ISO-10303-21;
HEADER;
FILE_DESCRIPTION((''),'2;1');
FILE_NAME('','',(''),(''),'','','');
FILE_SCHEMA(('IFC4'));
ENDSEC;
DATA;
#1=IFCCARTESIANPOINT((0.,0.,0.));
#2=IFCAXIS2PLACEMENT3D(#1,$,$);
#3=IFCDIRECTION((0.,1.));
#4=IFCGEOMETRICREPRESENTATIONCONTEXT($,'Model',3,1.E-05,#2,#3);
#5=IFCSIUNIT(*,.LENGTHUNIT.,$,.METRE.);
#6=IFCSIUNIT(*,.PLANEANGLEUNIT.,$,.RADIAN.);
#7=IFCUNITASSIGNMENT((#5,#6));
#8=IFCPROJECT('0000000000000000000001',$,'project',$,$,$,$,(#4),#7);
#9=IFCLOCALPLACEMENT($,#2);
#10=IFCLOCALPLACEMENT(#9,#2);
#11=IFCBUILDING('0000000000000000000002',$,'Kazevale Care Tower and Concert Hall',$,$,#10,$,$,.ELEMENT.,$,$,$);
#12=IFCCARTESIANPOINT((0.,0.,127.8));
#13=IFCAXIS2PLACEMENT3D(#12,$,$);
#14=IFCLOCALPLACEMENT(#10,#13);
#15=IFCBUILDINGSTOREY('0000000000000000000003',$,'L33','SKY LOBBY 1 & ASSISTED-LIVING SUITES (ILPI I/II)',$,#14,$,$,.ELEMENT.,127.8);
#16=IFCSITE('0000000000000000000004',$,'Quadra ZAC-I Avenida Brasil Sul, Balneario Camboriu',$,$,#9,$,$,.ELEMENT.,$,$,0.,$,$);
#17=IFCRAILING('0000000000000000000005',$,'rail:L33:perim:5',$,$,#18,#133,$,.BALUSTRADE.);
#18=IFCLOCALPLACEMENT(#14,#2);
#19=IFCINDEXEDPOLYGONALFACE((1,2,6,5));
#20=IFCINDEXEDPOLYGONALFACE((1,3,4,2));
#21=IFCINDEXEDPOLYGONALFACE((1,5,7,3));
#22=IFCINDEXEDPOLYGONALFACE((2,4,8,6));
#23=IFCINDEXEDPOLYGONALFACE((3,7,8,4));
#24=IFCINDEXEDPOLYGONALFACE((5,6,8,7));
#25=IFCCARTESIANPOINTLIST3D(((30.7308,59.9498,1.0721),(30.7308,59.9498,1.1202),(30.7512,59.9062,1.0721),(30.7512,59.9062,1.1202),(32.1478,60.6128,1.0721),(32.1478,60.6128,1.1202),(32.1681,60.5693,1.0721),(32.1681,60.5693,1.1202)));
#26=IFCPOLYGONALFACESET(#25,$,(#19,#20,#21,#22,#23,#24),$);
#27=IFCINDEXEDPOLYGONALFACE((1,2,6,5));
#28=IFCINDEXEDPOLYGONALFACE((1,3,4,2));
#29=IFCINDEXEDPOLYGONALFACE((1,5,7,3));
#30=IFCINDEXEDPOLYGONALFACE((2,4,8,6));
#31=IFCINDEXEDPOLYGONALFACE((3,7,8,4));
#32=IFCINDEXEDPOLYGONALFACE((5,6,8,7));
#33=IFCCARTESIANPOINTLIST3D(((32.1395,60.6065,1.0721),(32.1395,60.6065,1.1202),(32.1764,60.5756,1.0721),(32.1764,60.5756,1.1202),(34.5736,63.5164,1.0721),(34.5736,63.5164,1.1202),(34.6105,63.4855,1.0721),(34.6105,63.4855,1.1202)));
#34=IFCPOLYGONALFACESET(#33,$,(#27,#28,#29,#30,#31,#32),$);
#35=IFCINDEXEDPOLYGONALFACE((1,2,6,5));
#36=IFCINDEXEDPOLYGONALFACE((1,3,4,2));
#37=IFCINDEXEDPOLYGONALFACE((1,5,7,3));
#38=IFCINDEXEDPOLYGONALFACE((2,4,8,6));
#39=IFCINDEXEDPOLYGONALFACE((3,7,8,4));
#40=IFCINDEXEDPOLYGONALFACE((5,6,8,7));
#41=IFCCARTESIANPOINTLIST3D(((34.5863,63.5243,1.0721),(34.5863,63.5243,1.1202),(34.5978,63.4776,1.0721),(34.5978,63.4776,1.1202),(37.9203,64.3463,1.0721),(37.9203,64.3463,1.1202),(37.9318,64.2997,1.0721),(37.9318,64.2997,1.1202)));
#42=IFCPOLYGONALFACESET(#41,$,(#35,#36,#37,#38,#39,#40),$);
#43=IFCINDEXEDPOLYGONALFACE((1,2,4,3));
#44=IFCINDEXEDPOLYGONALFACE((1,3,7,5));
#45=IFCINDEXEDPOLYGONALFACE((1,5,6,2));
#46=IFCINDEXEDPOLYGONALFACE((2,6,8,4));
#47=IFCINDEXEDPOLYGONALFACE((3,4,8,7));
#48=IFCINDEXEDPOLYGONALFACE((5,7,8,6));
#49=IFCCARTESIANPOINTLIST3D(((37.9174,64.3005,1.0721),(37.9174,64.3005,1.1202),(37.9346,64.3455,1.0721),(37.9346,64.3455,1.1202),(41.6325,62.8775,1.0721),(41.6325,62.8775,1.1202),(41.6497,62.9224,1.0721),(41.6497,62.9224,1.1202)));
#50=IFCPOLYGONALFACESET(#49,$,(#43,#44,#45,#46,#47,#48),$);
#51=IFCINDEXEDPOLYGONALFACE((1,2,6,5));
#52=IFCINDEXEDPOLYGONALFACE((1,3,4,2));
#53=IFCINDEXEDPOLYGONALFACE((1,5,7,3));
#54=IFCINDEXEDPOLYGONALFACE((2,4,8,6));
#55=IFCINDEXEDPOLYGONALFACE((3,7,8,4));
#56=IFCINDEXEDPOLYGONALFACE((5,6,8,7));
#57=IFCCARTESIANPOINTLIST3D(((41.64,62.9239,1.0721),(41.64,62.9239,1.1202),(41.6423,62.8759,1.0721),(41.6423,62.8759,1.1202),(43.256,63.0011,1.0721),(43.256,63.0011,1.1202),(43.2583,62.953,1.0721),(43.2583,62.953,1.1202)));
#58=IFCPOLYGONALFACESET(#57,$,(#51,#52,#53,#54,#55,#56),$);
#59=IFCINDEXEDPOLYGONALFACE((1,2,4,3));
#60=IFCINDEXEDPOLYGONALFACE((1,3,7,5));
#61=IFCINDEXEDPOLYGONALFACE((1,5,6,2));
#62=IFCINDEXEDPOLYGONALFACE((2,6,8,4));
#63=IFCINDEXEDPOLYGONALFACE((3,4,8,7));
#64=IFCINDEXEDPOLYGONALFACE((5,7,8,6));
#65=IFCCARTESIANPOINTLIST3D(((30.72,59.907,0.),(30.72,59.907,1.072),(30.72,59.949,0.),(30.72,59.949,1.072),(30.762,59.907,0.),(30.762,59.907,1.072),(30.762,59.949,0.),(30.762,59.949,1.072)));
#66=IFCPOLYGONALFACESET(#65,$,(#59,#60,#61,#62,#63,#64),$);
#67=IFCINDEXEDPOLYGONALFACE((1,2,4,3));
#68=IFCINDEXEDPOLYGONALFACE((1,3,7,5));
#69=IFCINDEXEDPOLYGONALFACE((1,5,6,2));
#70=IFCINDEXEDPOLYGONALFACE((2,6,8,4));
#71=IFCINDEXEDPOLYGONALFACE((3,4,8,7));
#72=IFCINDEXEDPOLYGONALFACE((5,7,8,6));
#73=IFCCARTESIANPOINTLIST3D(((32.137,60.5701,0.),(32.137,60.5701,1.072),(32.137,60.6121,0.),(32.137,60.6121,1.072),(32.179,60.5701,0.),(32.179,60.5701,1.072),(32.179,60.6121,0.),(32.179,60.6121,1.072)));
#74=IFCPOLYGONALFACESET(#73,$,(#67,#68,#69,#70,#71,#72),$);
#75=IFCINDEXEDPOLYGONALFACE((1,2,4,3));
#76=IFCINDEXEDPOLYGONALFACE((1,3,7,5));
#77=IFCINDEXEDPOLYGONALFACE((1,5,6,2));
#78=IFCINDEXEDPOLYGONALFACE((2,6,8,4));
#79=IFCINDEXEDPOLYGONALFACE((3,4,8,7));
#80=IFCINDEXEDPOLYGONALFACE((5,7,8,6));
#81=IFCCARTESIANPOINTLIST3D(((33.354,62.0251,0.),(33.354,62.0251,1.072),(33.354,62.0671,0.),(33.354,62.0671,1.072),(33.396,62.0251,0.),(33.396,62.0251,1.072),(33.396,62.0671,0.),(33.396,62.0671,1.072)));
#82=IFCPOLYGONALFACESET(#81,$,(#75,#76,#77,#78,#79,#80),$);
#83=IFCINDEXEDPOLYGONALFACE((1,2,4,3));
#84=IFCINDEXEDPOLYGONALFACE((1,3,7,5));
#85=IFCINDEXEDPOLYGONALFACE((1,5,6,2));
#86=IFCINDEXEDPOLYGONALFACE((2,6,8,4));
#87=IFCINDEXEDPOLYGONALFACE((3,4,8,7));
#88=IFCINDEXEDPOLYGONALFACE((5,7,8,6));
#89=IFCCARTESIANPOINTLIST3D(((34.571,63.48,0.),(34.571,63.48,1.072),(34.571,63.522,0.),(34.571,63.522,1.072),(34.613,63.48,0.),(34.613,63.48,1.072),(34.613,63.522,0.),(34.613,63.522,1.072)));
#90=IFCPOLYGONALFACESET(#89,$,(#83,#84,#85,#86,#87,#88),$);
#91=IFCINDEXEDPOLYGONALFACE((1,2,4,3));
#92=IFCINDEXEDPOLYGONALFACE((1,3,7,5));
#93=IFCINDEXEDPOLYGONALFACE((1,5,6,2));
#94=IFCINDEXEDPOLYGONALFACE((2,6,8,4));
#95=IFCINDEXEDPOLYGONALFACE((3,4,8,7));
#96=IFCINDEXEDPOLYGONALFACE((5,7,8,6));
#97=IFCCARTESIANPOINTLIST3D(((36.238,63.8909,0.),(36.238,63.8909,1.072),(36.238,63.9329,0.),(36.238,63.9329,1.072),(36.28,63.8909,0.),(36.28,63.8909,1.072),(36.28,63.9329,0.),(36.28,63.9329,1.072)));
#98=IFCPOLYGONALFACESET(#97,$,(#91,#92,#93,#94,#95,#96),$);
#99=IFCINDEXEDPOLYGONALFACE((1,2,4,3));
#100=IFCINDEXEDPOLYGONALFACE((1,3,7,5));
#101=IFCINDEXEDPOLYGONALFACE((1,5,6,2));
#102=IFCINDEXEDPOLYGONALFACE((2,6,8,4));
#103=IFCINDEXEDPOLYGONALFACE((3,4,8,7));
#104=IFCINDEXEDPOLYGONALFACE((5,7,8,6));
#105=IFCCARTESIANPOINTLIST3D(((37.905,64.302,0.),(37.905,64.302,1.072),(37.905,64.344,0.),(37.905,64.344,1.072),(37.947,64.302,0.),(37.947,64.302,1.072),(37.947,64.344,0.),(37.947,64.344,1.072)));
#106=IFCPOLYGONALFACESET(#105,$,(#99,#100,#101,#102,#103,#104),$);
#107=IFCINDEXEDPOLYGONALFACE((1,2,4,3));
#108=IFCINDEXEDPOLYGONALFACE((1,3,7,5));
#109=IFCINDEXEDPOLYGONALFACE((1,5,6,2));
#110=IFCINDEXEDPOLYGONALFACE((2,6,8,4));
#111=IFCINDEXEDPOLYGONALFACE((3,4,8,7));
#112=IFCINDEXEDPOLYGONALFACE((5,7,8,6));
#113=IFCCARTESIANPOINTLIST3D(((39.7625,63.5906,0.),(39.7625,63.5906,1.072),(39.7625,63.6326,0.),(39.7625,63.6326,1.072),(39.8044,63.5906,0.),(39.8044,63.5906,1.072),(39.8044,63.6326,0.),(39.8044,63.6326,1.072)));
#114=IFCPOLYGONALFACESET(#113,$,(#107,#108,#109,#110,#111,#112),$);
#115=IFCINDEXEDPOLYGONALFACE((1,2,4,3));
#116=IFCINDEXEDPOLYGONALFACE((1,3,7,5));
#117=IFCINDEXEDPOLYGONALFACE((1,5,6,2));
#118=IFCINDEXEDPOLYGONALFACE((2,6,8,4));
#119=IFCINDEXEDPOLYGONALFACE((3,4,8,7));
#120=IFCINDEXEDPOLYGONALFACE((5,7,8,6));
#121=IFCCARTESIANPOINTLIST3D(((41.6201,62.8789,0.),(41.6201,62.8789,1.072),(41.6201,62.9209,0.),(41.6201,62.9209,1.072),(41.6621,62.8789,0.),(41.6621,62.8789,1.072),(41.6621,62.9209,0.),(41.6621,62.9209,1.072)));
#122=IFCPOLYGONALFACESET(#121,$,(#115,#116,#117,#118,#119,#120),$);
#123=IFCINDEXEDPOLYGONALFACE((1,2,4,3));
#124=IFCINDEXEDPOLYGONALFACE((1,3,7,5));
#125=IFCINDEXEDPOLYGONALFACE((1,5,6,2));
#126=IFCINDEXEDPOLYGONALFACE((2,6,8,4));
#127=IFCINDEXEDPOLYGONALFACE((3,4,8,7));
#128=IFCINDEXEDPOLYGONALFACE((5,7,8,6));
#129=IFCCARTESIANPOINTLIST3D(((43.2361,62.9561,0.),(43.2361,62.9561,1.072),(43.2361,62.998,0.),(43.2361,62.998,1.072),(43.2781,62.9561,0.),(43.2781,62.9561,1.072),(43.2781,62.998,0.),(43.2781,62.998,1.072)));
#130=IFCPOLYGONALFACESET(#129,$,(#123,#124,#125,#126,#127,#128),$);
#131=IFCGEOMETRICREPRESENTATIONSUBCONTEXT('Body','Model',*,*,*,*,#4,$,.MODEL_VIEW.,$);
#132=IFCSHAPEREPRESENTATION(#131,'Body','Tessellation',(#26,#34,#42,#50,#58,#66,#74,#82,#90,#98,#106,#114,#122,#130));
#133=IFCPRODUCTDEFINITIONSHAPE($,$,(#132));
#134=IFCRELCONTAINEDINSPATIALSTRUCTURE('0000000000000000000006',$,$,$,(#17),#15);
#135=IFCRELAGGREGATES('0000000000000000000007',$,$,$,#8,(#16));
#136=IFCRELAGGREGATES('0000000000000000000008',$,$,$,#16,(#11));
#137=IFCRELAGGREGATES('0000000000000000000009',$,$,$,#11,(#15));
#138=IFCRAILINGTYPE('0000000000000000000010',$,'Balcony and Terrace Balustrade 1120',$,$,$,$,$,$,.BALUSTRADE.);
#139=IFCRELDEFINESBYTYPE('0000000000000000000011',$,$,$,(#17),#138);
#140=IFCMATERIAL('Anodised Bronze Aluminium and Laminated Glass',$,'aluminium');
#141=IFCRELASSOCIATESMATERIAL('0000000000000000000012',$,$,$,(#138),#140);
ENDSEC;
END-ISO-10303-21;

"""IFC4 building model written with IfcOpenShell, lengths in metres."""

from ifc_helpers import new_model, si_unit, direction, frame, origin, origin_2d, place, context, subcontext, project, spatial, rectangle, extrude, material, type_object, element, save


model = new_model("IFC4")

# Units and contexts
model_context = context("Model", 3, precision=1e-05, world=origin(), true_north=direction((0.0, 1.0)))
body_context = subcontext(model_context, "Body", "Model", "MODEL_VIEW")
ifc_project = project(units=[si_unit("LENGTHUNIT", "METRE"), si_unit("PLANEANGLEUNIT", "RADIAN")], contexts=[model_context])

# Site, building, storey
site_placement = place(None, origin())
site = spatial("IfcSite", under=ifc_project, at=site_placement, Name="Quadra ZAC-I Avenida Brasil Sul, Balneario Camboriu", CompositionType="ELEMENT", RefElevation=0.0)
building_placement = place(site_placement, origin())
building = spatial("IfcBuilding", under=site, at=building_placement, Name="Kazevale Care Tower and Concert Hall", CompositionType="ELEMENT")
storey_placement = place(building_placement, frame((0.0, 0.0, 127.8)))
storey = spatial("IfcBuildingStorey", under=building, at=storey_placement, Name="L33", Description="SKY LOBBY 1 & ASSISTED-LIVING SUITES (ILPI I/II)", CompositionType="ELEMENT", Elevation=127.8)

# Railing
ifc_material_1 = material(Name="Anodised Bronze Aluminium and Laminated Glass", Category="aluminium")
railing_type = type_object("IfcRailingType", Name="Balcony and Terrace Balustrade 1120", PredefinedType="BALUSTRADE", material=ifc_material_1)
railing_1_placement = place(storey_placement, frame((30.741, 59.928, 0.0)))
element("IfcRailing", 1, at=railing_1_placement, inside=storey, type_object=railing_type, Name="rail:L33:perim:5", PredefinedType="BALUSTRADE", context=body_context, shape_type="SweptSolid", body=[
    extrude(rectangle(XDim=0.0481, YDim=0.0481, at=origin_2d()), frame((0.0, 0.0, 1.0962), z_axis=(0.905736, 0.423842, 0.0), x_axis=(-0.423842, 0.905736, 0.0)), (0.0, 0.0, 1.0), 1.5645),
    extrude(rectangle(XDim=0.0481, YDim=0.0481, at=origin_2d()), frame((1.417, 0.6631, 1.0962), z_axis=(0.641608, 0.767033, 0.0), x_axis=(-0.767033, 0.641608, 0.0)), (0.0, 0.0, 1.0), 3.7937),
    extrude(rectangle(XDim=0.0481, YDim=0.0481, at=origin_2d()), frame((3.8511, 3.573, 1.0962), z_axis=(0.970924, 0.239389, 0.0), x_axis=(-0.239389, 0.970924, 0.0)), (0.0, 0.0, 1.0), 3.4338),
    extrude(rectangle(XDim=0.0481, YDim=0.0481, at=origin_2d()), frame((7.1851, 4.395, 1.0962), z_axis=(0.933832, -0.357712, 0.0), x_axis=(0.357712, 0.933832, 0.0)), (0.0, 0.0, 1.0), 3.9783),
    extrude(rectangle(XDim=0.0481, YDim=0.0481, at=origin_2d()), frame((10.9001, 2.9719, 1.0962), z_axis=(0.998862, 0.047687, 0.0), x_axis=(-0.047687, 0.998862, 0.0)), (0.0, 0.0, 1.0), 1.6179),
    extrude(rectangle(XDim=0.042, YDim=0.042, at=origin_2d()), origin(), (0.0, 0.0, 1.0), 1.072),
    extrude(rectangle(XDim=0.042, YDim=0.042, at=origin_2d()), frame((1.417, 0.6631, 0.0)), (0.0, 0.0, 1.0), 1.072),
    extrude(rectangle(XDim=0.042, YDim=0.042, at=origin_2d()), frame((2.634, 2.1182, 0.0)), (0.0, 0.0, 1.0), 1.072),
    extrude(rectangle(XDim=0.042, YDim=0.042, at=origin_2d()), frame((3.8511, 3.573, 0.0)), (0.0, 0.0, 1.0), 1.072),
    extrude(rectangle(XDim=0.042, YDim=0.042, at=origin_2d()), frame((5.5181, 3.9839, 0.0)), (0.0, 0.0, 1.0), 1.072),
    extrude(rectangle(XDim=0.042, YDim=0.042, at=origin_2d()), frame((7.1851, 4.395, 0.0)), (0.0, 0.0, 1.0), 1.072),
    extrude(rectangle(XDim=0.042, YDim=0.042, at=origin_2d()), frame((9.0425, 3.6836, 0.0)), (0.0, 0.0, 1.0), 1.072),
    extrude(rectangle(XDim=0.042, YDim=0.042, at=origin_2d()), frame((10.9001, 2.9719, 0.0)), (0.0, 0.0, 1.0), 1.072),
    extrude(rectangle(XDim=0.042, YDim=0.042, at=origin_2d()), frame((12.5161, 3.0491, 0.0)), (0.0, 0.0, 1.0), 1.072),
])

save(model, "model.ifc")
